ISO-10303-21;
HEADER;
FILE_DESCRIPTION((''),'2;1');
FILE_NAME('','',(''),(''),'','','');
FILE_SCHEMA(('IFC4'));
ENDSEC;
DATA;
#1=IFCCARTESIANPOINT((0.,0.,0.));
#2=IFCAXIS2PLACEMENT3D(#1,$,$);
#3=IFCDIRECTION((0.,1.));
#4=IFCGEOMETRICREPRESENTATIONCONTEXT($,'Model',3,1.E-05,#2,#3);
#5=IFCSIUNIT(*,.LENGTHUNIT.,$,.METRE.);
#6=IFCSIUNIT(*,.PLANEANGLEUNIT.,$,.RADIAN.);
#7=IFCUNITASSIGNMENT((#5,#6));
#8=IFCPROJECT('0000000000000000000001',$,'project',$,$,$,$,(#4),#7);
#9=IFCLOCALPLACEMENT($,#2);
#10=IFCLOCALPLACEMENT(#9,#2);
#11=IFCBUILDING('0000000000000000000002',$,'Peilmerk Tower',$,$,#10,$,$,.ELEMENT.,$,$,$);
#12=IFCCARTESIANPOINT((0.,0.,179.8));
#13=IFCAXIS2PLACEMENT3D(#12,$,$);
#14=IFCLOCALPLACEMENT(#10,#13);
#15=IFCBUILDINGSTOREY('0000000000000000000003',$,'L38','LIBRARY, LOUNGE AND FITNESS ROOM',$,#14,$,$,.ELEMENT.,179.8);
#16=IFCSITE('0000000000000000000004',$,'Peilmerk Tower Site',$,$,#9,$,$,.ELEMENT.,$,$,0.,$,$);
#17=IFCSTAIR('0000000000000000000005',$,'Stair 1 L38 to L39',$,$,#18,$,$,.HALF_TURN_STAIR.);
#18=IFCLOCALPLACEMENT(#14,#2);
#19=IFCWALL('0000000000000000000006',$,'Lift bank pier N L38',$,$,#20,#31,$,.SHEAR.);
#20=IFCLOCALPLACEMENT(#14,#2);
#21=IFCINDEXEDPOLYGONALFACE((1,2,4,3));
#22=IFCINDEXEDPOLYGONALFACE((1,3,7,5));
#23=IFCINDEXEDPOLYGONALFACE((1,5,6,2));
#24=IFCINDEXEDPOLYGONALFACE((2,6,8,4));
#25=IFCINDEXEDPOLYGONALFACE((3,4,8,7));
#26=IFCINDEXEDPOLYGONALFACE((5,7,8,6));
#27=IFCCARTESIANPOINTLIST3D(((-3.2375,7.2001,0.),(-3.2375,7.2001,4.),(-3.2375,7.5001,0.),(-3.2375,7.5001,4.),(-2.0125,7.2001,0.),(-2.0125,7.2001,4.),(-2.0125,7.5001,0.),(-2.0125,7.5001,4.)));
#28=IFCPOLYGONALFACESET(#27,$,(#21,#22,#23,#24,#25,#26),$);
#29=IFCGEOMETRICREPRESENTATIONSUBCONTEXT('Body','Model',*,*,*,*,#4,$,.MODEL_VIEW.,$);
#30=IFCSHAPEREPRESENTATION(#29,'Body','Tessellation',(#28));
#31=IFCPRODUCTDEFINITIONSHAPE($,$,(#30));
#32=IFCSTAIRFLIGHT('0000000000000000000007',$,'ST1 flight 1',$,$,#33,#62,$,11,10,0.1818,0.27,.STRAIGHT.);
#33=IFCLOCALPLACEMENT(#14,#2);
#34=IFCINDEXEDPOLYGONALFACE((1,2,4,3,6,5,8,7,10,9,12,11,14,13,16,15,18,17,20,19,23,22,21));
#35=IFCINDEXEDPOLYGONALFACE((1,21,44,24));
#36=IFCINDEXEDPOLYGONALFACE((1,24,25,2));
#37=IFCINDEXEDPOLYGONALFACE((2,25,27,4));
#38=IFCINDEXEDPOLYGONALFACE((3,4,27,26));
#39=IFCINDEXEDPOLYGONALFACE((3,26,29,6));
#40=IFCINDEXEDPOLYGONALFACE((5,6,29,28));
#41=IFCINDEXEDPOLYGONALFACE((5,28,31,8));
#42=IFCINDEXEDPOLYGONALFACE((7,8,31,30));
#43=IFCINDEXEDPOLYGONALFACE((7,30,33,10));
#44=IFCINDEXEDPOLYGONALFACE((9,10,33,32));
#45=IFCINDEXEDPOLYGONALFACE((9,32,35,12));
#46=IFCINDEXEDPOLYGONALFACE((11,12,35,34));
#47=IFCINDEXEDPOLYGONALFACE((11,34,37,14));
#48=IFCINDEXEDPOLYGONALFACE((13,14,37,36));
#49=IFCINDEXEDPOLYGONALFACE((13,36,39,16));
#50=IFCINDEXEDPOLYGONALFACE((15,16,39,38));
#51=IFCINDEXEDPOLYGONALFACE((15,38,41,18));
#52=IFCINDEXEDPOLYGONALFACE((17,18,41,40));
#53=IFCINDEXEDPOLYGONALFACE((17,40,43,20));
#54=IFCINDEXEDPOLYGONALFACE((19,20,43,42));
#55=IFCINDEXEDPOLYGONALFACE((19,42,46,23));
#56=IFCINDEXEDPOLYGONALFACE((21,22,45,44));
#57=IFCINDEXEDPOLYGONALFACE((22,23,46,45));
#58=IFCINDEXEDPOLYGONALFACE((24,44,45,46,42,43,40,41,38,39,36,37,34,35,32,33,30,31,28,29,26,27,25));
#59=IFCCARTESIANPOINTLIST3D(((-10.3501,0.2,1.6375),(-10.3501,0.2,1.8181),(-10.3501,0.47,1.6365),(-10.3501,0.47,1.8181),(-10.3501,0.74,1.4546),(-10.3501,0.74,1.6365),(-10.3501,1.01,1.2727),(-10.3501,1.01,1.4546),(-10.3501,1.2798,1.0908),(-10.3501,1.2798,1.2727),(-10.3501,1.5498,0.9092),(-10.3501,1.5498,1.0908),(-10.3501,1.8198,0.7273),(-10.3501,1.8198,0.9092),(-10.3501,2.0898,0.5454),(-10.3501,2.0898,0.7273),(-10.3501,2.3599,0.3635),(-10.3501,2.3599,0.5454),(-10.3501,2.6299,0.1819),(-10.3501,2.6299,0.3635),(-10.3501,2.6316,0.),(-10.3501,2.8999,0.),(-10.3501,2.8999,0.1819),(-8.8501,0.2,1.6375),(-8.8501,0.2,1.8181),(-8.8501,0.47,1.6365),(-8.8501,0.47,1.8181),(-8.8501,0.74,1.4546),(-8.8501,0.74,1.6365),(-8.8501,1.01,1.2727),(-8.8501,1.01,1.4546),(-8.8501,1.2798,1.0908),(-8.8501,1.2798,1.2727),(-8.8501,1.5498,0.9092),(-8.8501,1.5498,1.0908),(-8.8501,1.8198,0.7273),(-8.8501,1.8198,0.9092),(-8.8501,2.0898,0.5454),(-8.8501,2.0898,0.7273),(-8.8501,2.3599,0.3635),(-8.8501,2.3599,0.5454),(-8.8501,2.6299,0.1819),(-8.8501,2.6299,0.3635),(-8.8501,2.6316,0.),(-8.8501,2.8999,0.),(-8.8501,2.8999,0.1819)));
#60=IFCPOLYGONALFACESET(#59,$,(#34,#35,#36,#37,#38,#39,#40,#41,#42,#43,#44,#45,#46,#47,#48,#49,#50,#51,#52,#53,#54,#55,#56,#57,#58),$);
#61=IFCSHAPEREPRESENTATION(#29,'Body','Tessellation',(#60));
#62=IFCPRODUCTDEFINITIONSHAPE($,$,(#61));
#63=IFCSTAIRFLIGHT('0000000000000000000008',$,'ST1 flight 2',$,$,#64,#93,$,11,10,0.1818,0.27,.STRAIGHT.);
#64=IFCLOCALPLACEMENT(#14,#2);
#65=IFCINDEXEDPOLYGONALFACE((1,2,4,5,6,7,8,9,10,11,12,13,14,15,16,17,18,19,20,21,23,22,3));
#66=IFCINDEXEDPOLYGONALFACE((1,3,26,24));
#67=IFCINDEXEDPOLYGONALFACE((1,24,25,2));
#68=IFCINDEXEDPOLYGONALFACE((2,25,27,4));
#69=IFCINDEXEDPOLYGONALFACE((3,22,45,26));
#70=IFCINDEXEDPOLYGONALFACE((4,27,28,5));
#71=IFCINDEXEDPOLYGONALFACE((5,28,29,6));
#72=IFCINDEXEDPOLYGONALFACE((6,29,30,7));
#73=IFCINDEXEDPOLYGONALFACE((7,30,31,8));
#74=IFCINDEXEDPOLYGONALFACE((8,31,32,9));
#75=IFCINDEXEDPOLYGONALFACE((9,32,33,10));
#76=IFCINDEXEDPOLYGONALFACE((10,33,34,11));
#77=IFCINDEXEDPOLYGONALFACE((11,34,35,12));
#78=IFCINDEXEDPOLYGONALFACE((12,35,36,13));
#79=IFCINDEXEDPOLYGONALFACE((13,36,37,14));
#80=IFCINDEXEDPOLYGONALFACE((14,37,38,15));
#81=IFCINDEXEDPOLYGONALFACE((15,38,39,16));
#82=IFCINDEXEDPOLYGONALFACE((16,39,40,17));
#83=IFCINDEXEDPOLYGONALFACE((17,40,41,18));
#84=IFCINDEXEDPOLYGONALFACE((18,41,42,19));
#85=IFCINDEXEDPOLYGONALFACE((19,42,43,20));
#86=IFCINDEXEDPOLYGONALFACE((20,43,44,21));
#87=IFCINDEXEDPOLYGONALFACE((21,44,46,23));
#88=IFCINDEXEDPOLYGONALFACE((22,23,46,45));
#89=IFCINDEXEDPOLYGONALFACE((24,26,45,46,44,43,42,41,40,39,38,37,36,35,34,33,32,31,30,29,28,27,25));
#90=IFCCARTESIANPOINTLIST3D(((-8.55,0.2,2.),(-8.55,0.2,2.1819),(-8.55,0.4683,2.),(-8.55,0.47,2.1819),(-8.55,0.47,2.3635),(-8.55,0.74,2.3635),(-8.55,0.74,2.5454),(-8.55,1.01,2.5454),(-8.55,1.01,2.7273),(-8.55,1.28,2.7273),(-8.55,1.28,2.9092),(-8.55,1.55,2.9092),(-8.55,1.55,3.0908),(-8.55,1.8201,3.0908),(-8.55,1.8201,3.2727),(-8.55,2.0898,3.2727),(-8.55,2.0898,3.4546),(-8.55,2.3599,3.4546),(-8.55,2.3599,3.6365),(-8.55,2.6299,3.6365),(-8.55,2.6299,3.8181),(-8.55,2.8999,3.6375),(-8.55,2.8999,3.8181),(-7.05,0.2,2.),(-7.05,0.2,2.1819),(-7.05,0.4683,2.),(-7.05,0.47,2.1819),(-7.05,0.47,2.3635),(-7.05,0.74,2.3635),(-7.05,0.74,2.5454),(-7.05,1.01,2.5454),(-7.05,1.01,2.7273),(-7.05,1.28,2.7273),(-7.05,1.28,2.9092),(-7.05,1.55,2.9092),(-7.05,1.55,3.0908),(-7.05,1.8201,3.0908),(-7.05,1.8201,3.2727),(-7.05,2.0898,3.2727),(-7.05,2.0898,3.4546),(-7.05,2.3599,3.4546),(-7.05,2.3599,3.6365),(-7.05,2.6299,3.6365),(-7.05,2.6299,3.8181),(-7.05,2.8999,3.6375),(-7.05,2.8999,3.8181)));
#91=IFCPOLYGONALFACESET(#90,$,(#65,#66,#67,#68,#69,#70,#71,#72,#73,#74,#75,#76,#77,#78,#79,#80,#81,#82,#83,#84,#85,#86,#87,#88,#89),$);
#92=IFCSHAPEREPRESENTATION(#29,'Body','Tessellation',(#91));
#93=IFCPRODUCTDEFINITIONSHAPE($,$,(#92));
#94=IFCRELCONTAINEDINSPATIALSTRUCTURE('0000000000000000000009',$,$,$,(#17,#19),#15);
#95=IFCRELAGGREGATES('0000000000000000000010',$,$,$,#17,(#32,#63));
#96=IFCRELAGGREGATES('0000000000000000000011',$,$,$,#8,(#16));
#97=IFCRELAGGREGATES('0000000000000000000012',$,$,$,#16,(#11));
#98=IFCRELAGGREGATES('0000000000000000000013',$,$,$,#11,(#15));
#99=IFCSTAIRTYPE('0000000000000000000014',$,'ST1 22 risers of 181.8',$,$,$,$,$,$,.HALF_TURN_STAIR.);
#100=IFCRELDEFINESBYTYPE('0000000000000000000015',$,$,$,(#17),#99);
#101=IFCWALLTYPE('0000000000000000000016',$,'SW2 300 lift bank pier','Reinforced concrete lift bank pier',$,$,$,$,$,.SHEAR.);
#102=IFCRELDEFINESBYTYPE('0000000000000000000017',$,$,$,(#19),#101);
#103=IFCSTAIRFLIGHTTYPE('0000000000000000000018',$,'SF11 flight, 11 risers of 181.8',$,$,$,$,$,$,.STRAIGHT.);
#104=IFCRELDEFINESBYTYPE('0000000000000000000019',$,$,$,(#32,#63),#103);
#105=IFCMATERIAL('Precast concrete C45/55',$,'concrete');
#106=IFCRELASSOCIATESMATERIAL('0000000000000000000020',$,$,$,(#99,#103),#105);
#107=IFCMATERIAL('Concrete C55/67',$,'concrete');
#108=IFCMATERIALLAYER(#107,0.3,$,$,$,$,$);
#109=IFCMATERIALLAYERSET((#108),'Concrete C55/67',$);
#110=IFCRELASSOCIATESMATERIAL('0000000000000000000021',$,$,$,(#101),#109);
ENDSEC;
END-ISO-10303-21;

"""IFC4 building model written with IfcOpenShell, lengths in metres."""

from ifc_helpers import new_model, si_unit, direction, frame, frame_2d, origin, place, context, subcontext, project, spatial, polyline, rectangle, outline, extrude, material, layer, layer_set, type_object, element, aggregate, save


model = new_model("IFC4")

# Units and contexts
model_context = context("Model", 3, precision=1e-05, world=origin(), true_north=direction((0.0, 1.0)))
body_context = subcontext(model_context, "Body", "Model", "MODEL_VIEW")
ifc_project = project(units=[si_unit("LENGTHUNIT", "METRE"), si_unit("PLANEANGLEUNIT", "RADIAN")], contexts=[model_context])

# Site, building, storey
site_placement = place(None, origin())
site = spatial("IfcSite", under=ifc_project, at=site_placement, Name="Peilmerk Tower Site", CompositionType="ELEMENT", RefElevation=0.0)
building_placement = place(site_placement, origin())
building = spatial("IfcBuilding", under=site, at=building_placement, Name="Peilmerk Tower", CompositionType="ELEMENT")
storey_placement = place(building_placement, frame((0.0, 0.0, 179.8)))
storey = spatial("IfcBuildingStorey", under=building, at=storey_placement, Name="L38", Description="LIBRARY, LOUNGE AND FITNESS ROOM", CompositionType="ELEMENT", Elevation=179.8)

# Stair
ifc_material_1 = material(Name="Precast concrete C45/55", Category="concrete")
stair_type_1 = type_object("IfcStairType", Name="ST1 22 risers of 181.8", PredefinedType="HALF_TURN_STAIR", material=ifc_material_1)
stair_1_placement = place(storey_placement, origin())
stair_1 = element("IfcStair", 1, at=stair_1_placement, inside=storey, type_object=stair_type_1, Name="Stair 1 L38 to L39", PredefinedType="HALF_TURN_STAIR")

# Wall
ifc_material_2 = material(Name="Concrete C55/67", Category="concrete")
ifc_layer_1 = layer(ifc_material_2, 0.3)
ifc_layer_set_1 = layer_set([ifc_layer_1], Name="Concrete C55/67")
wall_type_1 = type_object("IfcWallType", Name="SW2 300 lift bank pier", Description="Reinforced concrete lift bank pier", PredefinedType="SHEAR", material=ifc_layer_set_1)
for number, where, z_axis, x_axis, name in (
    (2, (-3.2375, 7.3501, 0.0), (0.0, 0.0, 1.0), (1.0, 0.0, 0.0), "Lift bank pier N L38"),
):
    element("IfcWall", number, at=place(storey_placement, frame(where, z_axis=z_axis, x_axis=x_axis)), inside=storey, type_object=wall_type_1, Name=name, PredefinedType="SHEAR", context=body_context, shape_type="SweptSolid", body=[
        extrude(rectangle(XDim=1.2251, YDim=0.3, at=frame_2d((0.6125, 0.0))), origin(), (0.0, 0.0, 1.0), 4.0),
    ])

# Stair flights
stair_flight_type = type_object("IfcStairFlightType", Name="SF11 flight, 11 risers of 181.8", PredefinedType="STRAIGHT", material=ifc_material_1)
stair_flight_1_placement = place(storey_placement, frame((-9.6001, 2.8999, 0.0), z_axis=(0.0, 0.0, 1.0), x_axis=(0.0, -1.0, 0.0)))
stair_flight_1 = element("IfcStairFlight", 3, at=stair_flight_1_placement, type_object=stair_flight_type, Name="ST1 flight 1", NumberOfRisers=11, NumberOfTreads=10, PredefinedType="STRAIGHT", RiserHeight=0.1818, TreadLength=0.27, context=body_context, shape_type="SweptSolid", body=[
    extrude(outline(polyline([(0.0, 0.0), (0.0, 0.1819), (0.27, 0.1819), (0.27, 0.3635), (0.54, 0.3635), (0.54, 0.5454), (0.8101, 0.5454), (0.8101, 0.7273), (1.0801, 0.7273), (1.0801, 0.9092), (1.3501, 0.9092), (1.3501, 1.0908), (1.6201, 1.0908), (1.6201, 1.2727), (1.8899, 1.2727), (1.8899, 1.4546), (2.1599, 1.4546), (2.1599, 1.6365), (2.4299, 1.6365), (2.4299, 1.8181), (2.7, 1.8181), (2.7, 2.0), (2.7, 1.6375), (0.2683, 0.0), (0.0, 0.0)])), frame((0.0, 0.75, 0.0), z_axis=(0.0, -1.0, 0.0), x_axis=(1.0, 0.0, 0.0)), (0.0, 0.0, 1.0), 1.5),
])
stair_flight_2_placement = place(storey_placement, frame((-7.8, 0.2, 2.0), z_axis=(0.0, 0.0, 1.0), x_axis=(0.0, 1.0, 0.0)))
stair_flight_2 = element("IfcStairFlight", 4, at=stair_flight_2_placement, type_object=stair_flight_type, Name="ST1 flight 2", NumberOfRisers=11, NumberOfTreads=10, PredefinedType="STRAIGHT", RiserHeight=0.1818, TreadLength=0.27, context=body_context, shape_type="SweptSolid", body=[
    extrude(outline(polyline([(0.0, 0.0), (0.0, 0.1819), (0.27, 0.1819), (0.27, 0.3635), (0.54, 0.3635), (0.54, 0.5454), (0.8101, 0.5454), (0.8101, 0.7273), (1.0801, 0.7273), (1.0801, 0.9092), (1.3501, 0.9092), (1.3501, 1.0908), (1.6201, 1.0908), (1.6201, 1.2727), (1.8899, 1.2727), (1.8899, 1.4546), (2.1599, 1.4546), (2.1599, 1.6365), (2.4299, 1.6365), (2.4299, 1.8181), (2.7, 1.8181), (2.7, 2.0), (2.7, 1.6375), (0.2683, 0.0), (0.0, 0.0)])), frame((0.0, 0.75, 0.0), z_axis=(0.0, -1.0, 0.0), x_axis=(1.0, 0.0, 0.0)), (0.0, 0.0, 1.0), 1.5),
])
aggregate(stair_1, [stair_flight_1, stair_flight_2])

save(model, "model.ifc")
